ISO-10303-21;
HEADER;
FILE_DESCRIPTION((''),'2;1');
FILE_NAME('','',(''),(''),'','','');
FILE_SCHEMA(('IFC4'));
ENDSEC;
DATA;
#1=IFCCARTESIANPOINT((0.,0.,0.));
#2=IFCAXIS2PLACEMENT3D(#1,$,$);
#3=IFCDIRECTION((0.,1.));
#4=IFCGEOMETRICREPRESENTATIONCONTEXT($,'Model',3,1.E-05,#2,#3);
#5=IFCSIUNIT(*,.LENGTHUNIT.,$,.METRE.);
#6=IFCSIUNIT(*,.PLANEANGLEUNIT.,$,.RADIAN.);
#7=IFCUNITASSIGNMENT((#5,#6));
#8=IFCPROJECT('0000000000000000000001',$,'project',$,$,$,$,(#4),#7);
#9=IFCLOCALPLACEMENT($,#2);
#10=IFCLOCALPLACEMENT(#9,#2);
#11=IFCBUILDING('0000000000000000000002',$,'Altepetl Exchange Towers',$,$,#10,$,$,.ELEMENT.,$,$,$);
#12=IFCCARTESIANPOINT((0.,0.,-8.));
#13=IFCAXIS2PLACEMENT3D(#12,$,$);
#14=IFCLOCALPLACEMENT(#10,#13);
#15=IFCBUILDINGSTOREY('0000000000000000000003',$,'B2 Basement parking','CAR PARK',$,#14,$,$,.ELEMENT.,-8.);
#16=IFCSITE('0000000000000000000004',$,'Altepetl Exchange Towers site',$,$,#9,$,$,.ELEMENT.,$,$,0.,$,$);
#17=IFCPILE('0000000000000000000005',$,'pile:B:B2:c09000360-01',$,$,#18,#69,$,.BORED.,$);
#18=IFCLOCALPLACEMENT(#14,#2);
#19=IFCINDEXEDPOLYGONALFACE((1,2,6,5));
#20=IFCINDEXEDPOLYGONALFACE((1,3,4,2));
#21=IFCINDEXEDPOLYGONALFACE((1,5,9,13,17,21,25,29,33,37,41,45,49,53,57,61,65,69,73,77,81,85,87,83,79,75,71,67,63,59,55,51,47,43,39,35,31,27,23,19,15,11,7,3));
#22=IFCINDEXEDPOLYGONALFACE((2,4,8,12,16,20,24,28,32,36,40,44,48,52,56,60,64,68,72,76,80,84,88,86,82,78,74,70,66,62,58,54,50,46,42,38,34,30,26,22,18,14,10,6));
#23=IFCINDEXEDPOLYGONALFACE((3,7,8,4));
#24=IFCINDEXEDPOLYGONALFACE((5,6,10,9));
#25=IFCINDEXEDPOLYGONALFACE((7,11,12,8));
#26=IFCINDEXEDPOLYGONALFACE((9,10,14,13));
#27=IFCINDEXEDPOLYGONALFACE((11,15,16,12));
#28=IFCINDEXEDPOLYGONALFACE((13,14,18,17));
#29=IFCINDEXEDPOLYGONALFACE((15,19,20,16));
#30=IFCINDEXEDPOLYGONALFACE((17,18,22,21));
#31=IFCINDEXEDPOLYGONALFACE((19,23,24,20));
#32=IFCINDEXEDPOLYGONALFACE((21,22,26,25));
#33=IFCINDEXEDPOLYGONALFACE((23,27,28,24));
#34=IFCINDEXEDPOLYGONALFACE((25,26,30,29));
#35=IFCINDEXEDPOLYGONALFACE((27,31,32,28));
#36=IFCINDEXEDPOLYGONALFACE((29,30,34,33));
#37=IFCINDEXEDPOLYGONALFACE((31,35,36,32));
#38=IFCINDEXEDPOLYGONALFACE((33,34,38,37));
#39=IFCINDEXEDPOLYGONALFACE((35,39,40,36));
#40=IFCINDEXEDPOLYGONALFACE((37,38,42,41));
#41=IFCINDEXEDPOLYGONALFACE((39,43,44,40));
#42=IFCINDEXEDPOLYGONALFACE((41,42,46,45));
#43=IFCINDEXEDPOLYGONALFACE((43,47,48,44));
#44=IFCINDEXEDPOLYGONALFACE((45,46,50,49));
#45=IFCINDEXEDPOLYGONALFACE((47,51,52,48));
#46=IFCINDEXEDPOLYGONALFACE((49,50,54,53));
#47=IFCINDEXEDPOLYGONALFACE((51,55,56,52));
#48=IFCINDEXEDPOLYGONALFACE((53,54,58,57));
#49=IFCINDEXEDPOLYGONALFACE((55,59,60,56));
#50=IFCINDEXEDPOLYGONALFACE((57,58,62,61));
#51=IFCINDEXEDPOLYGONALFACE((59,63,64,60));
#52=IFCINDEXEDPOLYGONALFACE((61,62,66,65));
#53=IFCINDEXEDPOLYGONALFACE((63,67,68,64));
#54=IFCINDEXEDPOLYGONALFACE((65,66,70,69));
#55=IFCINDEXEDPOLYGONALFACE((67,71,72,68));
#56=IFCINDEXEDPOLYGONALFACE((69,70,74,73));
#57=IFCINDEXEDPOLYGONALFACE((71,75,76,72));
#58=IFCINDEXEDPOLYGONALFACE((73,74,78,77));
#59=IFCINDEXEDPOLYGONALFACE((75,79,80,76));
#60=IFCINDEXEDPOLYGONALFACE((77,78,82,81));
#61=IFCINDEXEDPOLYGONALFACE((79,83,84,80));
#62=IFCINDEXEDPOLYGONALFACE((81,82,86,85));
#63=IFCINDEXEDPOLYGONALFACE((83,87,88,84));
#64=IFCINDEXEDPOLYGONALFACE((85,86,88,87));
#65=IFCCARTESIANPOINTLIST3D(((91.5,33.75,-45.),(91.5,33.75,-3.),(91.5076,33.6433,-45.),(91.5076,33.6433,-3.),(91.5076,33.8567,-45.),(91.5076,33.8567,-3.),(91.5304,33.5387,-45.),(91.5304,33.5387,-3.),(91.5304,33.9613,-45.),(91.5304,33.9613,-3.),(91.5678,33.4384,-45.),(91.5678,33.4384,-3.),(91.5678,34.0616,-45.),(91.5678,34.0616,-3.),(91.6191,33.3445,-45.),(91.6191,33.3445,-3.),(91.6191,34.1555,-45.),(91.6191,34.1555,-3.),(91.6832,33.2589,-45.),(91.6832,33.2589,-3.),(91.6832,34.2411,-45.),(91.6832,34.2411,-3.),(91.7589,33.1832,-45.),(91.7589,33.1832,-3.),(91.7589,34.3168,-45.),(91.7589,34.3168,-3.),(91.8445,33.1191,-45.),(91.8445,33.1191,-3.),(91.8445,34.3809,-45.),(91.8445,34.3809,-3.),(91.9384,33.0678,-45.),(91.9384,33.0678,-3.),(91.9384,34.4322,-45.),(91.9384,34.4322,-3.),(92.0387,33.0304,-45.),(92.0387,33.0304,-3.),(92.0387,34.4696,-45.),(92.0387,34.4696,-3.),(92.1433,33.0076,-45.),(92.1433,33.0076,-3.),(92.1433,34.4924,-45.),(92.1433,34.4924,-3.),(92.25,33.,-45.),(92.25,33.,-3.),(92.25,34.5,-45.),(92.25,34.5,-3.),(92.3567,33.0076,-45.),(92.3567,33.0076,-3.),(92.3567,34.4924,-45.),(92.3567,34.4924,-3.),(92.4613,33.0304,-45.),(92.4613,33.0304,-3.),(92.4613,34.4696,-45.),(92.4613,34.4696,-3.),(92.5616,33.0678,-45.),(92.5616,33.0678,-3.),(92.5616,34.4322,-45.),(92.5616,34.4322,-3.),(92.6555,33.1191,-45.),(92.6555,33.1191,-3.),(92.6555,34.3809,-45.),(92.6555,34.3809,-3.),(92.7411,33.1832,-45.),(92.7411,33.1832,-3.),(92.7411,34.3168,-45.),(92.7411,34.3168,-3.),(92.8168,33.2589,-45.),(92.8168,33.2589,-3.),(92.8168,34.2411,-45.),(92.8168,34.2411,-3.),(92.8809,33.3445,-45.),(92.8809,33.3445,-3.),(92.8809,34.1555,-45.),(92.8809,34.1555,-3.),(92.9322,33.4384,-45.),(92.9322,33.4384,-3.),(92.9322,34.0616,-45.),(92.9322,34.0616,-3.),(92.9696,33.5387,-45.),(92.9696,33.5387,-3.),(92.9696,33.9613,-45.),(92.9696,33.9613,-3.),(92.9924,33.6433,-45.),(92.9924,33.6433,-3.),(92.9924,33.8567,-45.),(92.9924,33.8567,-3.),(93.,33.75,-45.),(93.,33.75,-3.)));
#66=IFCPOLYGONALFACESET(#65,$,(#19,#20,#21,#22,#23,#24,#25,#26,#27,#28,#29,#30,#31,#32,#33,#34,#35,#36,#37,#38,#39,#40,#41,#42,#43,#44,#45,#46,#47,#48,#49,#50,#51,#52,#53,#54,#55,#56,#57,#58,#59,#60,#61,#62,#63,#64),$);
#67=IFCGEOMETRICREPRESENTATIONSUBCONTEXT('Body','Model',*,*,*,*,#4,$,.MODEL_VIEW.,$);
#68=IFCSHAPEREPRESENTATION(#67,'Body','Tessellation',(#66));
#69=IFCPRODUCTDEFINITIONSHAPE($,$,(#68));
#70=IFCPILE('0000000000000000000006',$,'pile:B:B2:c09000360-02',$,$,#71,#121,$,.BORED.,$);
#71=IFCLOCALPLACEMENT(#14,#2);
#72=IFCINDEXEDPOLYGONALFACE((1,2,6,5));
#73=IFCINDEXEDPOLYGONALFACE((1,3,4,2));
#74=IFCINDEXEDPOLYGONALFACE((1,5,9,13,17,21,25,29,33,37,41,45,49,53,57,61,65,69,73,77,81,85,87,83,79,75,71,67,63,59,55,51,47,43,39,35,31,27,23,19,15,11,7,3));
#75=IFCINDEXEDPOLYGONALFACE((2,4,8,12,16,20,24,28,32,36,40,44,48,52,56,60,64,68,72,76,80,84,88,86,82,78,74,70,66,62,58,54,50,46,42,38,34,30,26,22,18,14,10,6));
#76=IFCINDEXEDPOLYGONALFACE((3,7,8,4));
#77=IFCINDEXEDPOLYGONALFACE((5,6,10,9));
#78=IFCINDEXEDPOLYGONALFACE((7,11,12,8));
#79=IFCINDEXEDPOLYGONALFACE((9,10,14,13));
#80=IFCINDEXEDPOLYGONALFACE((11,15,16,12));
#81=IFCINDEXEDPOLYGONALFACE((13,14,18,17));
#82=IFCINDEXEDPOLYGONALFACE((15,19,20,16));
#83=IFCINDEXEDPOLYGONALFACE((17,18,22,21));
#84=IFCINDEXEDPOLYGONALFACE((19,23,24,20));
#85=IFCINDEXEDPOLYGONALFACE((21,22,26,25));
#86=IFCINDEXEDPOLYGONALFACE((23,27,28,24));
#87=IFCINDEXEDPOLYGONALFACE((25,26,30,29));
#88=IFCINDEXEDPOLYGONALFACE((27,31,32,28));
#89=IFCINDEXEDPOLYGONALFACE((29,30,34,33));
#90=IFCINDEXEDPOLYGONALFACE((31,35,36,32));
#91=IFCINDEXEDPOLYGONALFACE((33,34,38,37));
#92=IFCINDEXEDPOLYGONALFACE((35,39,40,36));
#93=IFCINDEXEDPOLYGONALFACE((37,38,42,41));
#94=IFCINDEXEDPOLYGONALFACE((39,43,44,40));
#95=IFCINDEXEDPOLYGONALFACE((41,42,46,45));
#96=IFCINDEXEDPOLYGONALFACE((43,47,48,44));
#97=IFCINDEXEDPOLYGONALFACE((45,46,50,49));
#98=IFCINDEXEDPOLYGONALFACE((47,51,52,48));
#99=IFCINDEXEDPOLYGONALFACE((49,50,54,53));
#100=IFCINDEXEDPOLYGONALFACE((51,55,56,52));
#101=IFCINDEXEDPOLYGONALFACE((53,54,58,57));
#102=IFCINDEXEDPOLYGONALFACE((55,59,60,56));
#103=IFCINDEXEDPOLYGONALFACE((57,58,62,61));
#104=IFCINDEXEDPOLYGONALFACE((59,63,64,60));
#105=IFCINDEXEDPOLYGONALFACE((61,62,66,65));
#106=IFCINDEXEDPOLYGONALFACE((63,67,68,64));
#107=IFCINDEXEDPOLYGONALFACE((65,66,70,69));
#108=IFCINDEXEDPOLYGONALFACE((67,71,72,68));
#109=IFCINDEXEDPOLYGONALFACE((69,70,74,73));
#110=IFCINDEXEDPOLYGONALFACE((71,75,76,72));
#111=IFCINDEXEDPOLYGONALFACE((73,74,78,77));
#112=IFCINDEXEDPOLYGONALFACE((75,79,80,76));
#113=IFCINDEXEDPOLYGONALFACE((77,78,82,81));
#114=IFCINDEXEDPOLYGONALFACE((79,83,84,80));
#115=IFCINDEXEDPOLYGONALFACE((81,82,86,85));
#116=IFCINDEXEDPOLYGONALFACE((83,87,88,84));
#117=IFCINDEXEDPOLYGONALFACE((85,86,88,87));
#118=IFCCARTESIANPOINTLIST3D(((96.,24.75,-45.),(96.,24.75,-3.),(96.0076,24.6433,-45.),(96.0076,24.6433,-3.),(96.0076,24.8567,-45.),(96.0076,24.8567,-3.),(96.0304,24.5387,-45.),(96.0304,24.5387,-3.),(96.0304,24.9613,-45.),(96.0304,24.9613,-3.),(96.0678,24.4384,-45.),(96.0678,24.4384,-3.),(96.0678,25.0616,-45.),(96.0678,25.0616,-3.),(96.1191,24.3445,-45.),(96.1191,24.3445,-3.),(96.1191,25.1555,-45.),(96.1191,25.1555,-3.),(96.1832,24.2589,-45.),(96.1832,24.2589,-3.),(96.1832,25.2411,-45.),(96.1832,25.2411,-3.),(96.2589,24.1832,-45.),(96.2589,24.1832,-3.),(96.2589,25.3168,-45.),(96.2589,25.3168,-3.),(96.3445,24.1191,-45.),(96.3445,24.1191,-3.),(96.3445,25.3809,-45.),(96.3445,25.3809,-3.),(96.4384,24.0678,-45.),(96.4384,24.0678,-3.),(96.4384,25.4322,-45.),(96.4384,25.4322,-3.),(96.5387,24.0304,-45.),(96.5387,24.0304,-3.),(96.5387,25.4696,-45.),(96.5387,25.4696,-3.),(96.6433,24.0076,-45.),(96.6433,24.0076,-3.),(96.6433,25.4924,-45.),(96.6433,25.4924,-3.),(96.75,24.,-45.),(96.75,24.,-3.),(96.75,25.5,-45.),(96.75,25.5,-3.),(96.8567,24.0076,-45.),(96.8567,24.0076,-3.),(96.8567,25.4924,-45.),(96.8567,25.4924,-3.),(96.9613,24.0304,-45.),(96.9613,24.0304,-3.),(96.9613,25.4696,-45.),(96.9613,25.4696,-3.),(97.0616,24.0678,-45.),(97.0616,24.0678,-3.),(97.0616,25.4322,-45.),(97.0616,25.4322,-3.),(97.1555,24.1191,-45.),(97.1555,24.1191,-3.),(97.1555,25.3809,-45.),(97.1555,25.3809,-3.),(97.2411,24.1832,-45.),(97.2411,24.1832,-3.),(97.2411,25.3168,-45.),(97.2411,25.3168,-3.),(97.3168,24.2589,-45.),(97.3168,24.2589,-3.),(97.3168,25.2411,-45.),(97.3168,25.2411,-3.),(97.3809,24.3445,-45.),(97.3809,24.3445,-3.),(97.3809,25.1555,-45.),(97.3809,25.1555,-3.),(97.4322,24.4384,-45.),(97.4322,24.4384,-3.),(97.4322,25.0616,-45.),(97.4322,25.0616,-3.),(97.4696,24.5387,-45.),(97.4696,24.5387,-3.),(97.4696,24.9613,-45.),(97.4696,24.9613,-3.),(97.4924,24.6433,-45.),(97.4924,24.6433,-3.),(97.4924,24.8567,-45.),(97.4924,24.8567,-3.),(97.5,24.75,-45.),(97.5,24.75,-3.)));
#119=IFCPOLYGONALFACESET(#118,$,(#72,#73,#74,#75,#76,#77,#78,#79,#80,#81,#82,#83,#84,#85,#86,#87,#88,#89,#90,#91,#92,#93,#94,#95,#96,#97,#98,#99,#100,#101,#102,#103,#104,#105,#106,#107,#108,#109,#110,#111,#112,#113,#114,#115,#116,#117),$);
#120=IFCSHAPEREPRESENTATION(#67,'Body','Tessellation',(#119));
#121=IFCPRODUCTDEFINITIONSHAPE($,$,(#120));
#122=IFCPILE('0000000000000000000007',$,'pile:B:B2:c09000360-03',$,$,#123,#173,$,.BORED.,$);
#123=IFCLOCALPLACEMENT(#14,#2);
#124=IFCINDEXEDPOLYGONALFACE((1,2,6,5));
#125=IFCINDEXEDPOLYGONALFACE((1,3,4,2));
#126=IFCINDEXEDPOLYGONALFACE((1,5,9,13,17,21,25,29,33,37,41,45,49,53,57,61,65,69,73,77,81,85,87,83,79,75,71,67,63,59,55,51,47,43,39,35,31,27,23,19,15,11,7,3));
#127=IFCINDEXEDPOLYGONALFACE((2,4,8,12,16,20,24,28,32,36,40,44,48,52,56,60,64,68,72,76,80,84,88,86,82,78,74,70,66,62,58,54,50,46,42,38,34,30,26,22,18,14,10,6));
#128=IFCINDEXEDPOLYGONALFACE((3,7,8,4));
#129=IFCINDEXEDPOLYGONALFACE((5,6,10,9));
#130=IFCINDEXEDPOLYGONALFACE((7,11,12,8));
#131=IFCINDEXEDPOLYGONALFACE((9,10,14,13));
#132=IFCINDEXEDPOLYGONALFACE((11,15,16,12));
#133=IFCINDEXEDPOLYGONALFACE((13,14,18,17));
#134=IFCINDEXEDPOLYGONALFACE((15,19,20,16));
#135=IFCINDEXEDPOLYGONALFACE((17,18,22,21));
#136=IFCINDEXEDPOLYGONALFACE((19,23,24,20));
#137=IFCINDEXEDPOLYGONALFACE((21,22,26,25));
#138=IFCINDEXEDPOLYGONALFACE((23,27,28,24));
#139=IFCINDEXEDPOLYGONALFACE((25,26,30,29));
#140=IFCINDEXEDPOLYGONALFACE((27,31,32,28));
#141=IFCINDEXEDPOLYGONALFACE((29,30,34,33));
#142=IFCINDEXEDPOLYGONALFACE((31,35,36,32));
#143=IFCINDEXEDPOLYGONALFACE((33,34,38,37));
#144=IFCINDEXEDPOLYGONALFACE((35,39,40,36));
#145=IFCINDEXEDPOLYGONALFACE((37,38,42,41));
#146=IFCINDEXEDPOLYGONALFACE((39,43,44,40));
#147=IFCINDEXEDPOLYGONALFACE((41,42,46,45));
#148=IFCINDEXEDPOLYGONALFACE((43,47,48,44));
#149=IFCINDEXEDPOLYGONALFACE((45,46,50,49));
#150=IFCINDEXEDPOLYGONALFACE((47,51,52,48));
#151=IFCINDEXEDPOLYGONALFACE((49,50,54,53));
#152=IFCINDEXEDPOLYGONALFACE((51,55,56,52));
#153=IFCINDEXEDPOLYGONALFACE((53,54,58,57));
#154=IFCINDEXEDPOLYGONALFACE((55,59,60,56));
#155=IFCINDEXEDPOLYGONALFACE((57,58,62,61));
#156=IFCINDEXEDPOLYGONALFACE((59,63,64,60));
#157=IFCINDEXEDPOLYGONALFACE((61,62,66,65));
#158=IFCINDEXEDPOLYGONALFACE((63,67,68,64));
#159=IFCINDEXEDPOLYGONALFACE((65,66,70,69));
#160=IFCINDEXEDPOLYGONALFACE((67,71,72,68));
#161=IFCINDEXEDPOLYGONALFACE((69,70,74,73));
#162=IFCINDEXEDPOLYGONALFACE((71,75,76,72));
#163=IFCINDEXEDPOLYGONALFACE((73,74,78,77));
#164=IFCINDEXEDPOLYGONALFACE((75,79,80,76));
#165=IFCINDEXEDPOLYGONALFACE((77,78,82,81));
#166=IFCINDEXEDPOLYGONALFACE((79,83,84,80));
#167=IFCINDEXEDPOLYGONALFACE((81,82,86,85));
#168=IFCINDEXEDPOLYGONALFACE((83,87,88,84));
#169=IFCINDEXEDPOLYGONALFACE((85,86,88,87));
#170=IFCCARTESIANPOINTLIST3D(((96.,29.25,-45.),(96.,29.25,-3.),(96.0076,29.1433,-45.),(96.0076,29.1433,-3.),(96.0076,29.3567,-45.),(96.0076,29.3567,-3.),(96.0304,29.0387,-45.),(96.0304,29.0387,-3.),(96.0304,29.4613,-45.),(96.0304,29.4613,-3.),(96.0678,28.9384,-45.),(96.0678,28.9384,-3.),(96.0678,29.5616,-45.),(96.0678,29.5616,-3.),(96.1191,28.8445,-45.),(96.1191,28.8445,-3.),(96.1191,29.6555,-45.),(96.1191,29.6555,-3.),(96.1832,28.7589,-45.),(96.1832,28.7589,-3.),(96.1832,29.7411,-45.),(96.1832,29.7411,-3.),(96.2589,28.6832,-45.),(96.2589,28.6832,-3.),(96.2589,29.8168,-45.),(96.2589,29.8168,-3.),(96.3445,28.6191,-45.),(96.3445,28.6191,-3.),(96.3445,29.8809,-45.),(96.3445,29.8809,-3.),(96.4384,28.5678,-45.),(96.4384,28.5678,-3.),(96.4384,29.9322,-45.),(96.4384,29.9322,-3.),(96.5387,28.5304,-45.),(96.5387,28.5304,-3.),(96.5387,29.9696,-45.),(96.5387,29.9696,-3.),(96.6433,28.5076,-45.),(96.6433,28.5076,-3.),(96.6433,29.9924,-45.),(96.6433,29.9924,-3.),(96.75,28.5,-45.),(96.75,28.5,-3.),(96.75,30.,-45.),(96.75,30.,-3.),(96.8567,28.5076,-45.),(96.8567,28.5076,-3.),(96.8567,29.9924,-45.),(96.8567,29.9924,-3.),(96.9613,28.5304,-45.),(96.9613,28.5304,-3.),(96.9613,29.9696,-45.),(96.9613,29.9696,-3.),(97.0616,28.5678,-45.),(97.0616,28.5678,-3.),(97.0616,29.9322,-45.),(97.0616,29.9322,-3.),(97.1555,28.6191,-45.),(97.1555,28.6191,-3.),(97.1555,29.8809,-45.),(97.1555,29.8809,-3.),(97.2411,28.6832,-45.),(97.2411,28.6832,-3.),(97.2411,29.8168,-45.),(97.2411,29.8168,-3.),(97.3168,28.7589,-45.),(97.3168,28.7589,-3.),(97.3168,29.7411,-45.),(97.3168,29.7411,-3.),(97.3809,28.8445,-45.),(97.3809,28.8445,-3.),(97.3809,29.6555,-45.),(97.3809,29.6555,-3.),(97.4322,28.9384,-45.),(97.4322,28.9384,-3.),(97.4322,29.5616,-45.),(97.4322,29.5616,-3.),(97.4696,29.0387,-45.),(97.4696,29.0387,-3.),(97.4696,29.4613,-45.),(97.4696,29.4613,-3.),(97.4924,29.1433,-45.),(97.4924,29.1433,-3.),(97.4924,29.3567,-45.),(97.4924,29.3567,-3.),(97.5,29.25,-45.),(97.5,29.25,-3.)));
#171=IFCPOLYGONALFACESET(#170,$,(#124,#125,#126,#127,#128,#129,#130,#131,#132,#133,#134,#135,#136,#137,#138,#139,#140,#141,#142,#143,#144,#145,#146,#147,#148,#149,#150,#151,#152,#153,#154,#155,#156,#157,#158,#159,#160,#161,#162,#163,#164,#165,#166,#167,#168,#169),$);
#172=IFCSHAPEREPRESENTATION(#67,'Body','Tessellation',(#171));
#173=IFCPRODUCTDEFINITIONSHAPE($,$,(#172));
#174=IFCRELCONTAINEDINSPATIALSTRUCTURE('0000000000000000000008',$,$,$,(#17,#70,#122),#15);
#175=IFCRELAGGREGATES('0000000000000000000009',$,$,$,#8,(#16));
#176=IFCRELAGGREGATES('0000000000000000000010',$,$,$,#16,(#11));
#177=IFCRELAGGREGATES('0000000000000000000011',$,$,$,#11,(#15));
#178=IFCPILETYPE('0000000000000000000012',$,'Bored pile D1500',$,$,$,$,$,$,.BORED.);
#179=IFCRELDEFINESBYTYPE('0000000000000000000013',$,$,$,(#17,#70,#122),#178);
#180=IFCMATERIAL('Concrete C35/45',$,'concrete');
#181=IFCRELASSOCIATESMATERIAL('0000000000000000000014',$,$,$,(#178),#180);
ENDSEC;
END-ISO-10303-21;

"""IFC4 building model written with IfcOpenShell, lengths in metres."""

from ifc_helpers import new_model, si_unit, direction, frame, origin, origin_2d, place, context, subcontext, project, spatial, circle, extrude, material, material_profile, profile_set, type_object, element, save


model = new_model("IFC4")

# Units and contexts
model_context = context("Model", 3, precision=1e-05, world=origin(), true_north=direction((0.0, 1.0)))
body_context = subcontext(model_context, "Body", "Model", "MODEL_VIEW")
ifc_project = project(units=[si_unit("LENGTHUNIT", "METRE"), si_unit("PLANEANGLEUNIT", "RADIAN")], contexts=[model_context])

# Site, building, storey
site_placement = place(None, origin())
site = spatial("IfcSite", under=ifc_project, at=site_placement, Name="Altepetl Exchange Towers site", CompositionType="ELEMENT", RefElevation=0.0)
building_placement = place(site_placement, origin())
building = spatial("IfcBuilding", under=site, at=building_placement, Name="Altepetl Exchange Towers", CompositionType="ELEMENT")
storey_placement = place(building_placement, frame((0.0, 0.0, -8.0)))
storey = spatial("IfcBuildingStorey", under=building, at=storey_placement, Name="B2 Basement parking", Description="CAR PARK", CompositionType="ELEMENT", Elevation=-8.0)

# Piles
ifc_material_1 = material(Name="Concrete C35/45", Category="concrete")
ifc_material_profile_1 = material_profile(ifc_material_1, circle(Radius=0.75, at=origin_2d()), Name="D1500")
ifc_profile_set_1 = profile_set([ifc_material_profile_1], Name="Concrete C35/45")
pile_type_1 = type_object("IfcPileType", Name="Bored pile D1500", PredefinedType="BORED", material=ifc_profile_set_1)
for number, where, z_axis, x_axis, name in (
    (1, (92.25, 33.75, -3.0), (0.0, 0.0, -1.0), (1.0, 0.0, 0.0), "pile:B:B2:c09000360-01"),
    (2, (96.75, 24.75, -3.0), (0.0, 0.0, -1.0), (1.0, 0.0, 0.0), "pile:B:B2:c09000360-02"),
    (3, (96.75, 29.25, -3.0), (0.0, 0.0, -1.0), (1.0, 0.0, 0.0), "pile:B:B2:c09000360-03"),
):
    element("IfcPile", number, at=place(storey_placement, frame(where, z_axis=z_axis, x_axis=x_axis)), inside=storey, type_object=pile_type_1, Name=name, PredefinedType="BORED", context=body_context, shape_type="SweptSolid", body=[
        extrude(circle(Radius=0.75, at=origin_2d()), origin(), (0.0, 0.0, 1.0), 42.0),
    ])

save(model, "model.ifc")
